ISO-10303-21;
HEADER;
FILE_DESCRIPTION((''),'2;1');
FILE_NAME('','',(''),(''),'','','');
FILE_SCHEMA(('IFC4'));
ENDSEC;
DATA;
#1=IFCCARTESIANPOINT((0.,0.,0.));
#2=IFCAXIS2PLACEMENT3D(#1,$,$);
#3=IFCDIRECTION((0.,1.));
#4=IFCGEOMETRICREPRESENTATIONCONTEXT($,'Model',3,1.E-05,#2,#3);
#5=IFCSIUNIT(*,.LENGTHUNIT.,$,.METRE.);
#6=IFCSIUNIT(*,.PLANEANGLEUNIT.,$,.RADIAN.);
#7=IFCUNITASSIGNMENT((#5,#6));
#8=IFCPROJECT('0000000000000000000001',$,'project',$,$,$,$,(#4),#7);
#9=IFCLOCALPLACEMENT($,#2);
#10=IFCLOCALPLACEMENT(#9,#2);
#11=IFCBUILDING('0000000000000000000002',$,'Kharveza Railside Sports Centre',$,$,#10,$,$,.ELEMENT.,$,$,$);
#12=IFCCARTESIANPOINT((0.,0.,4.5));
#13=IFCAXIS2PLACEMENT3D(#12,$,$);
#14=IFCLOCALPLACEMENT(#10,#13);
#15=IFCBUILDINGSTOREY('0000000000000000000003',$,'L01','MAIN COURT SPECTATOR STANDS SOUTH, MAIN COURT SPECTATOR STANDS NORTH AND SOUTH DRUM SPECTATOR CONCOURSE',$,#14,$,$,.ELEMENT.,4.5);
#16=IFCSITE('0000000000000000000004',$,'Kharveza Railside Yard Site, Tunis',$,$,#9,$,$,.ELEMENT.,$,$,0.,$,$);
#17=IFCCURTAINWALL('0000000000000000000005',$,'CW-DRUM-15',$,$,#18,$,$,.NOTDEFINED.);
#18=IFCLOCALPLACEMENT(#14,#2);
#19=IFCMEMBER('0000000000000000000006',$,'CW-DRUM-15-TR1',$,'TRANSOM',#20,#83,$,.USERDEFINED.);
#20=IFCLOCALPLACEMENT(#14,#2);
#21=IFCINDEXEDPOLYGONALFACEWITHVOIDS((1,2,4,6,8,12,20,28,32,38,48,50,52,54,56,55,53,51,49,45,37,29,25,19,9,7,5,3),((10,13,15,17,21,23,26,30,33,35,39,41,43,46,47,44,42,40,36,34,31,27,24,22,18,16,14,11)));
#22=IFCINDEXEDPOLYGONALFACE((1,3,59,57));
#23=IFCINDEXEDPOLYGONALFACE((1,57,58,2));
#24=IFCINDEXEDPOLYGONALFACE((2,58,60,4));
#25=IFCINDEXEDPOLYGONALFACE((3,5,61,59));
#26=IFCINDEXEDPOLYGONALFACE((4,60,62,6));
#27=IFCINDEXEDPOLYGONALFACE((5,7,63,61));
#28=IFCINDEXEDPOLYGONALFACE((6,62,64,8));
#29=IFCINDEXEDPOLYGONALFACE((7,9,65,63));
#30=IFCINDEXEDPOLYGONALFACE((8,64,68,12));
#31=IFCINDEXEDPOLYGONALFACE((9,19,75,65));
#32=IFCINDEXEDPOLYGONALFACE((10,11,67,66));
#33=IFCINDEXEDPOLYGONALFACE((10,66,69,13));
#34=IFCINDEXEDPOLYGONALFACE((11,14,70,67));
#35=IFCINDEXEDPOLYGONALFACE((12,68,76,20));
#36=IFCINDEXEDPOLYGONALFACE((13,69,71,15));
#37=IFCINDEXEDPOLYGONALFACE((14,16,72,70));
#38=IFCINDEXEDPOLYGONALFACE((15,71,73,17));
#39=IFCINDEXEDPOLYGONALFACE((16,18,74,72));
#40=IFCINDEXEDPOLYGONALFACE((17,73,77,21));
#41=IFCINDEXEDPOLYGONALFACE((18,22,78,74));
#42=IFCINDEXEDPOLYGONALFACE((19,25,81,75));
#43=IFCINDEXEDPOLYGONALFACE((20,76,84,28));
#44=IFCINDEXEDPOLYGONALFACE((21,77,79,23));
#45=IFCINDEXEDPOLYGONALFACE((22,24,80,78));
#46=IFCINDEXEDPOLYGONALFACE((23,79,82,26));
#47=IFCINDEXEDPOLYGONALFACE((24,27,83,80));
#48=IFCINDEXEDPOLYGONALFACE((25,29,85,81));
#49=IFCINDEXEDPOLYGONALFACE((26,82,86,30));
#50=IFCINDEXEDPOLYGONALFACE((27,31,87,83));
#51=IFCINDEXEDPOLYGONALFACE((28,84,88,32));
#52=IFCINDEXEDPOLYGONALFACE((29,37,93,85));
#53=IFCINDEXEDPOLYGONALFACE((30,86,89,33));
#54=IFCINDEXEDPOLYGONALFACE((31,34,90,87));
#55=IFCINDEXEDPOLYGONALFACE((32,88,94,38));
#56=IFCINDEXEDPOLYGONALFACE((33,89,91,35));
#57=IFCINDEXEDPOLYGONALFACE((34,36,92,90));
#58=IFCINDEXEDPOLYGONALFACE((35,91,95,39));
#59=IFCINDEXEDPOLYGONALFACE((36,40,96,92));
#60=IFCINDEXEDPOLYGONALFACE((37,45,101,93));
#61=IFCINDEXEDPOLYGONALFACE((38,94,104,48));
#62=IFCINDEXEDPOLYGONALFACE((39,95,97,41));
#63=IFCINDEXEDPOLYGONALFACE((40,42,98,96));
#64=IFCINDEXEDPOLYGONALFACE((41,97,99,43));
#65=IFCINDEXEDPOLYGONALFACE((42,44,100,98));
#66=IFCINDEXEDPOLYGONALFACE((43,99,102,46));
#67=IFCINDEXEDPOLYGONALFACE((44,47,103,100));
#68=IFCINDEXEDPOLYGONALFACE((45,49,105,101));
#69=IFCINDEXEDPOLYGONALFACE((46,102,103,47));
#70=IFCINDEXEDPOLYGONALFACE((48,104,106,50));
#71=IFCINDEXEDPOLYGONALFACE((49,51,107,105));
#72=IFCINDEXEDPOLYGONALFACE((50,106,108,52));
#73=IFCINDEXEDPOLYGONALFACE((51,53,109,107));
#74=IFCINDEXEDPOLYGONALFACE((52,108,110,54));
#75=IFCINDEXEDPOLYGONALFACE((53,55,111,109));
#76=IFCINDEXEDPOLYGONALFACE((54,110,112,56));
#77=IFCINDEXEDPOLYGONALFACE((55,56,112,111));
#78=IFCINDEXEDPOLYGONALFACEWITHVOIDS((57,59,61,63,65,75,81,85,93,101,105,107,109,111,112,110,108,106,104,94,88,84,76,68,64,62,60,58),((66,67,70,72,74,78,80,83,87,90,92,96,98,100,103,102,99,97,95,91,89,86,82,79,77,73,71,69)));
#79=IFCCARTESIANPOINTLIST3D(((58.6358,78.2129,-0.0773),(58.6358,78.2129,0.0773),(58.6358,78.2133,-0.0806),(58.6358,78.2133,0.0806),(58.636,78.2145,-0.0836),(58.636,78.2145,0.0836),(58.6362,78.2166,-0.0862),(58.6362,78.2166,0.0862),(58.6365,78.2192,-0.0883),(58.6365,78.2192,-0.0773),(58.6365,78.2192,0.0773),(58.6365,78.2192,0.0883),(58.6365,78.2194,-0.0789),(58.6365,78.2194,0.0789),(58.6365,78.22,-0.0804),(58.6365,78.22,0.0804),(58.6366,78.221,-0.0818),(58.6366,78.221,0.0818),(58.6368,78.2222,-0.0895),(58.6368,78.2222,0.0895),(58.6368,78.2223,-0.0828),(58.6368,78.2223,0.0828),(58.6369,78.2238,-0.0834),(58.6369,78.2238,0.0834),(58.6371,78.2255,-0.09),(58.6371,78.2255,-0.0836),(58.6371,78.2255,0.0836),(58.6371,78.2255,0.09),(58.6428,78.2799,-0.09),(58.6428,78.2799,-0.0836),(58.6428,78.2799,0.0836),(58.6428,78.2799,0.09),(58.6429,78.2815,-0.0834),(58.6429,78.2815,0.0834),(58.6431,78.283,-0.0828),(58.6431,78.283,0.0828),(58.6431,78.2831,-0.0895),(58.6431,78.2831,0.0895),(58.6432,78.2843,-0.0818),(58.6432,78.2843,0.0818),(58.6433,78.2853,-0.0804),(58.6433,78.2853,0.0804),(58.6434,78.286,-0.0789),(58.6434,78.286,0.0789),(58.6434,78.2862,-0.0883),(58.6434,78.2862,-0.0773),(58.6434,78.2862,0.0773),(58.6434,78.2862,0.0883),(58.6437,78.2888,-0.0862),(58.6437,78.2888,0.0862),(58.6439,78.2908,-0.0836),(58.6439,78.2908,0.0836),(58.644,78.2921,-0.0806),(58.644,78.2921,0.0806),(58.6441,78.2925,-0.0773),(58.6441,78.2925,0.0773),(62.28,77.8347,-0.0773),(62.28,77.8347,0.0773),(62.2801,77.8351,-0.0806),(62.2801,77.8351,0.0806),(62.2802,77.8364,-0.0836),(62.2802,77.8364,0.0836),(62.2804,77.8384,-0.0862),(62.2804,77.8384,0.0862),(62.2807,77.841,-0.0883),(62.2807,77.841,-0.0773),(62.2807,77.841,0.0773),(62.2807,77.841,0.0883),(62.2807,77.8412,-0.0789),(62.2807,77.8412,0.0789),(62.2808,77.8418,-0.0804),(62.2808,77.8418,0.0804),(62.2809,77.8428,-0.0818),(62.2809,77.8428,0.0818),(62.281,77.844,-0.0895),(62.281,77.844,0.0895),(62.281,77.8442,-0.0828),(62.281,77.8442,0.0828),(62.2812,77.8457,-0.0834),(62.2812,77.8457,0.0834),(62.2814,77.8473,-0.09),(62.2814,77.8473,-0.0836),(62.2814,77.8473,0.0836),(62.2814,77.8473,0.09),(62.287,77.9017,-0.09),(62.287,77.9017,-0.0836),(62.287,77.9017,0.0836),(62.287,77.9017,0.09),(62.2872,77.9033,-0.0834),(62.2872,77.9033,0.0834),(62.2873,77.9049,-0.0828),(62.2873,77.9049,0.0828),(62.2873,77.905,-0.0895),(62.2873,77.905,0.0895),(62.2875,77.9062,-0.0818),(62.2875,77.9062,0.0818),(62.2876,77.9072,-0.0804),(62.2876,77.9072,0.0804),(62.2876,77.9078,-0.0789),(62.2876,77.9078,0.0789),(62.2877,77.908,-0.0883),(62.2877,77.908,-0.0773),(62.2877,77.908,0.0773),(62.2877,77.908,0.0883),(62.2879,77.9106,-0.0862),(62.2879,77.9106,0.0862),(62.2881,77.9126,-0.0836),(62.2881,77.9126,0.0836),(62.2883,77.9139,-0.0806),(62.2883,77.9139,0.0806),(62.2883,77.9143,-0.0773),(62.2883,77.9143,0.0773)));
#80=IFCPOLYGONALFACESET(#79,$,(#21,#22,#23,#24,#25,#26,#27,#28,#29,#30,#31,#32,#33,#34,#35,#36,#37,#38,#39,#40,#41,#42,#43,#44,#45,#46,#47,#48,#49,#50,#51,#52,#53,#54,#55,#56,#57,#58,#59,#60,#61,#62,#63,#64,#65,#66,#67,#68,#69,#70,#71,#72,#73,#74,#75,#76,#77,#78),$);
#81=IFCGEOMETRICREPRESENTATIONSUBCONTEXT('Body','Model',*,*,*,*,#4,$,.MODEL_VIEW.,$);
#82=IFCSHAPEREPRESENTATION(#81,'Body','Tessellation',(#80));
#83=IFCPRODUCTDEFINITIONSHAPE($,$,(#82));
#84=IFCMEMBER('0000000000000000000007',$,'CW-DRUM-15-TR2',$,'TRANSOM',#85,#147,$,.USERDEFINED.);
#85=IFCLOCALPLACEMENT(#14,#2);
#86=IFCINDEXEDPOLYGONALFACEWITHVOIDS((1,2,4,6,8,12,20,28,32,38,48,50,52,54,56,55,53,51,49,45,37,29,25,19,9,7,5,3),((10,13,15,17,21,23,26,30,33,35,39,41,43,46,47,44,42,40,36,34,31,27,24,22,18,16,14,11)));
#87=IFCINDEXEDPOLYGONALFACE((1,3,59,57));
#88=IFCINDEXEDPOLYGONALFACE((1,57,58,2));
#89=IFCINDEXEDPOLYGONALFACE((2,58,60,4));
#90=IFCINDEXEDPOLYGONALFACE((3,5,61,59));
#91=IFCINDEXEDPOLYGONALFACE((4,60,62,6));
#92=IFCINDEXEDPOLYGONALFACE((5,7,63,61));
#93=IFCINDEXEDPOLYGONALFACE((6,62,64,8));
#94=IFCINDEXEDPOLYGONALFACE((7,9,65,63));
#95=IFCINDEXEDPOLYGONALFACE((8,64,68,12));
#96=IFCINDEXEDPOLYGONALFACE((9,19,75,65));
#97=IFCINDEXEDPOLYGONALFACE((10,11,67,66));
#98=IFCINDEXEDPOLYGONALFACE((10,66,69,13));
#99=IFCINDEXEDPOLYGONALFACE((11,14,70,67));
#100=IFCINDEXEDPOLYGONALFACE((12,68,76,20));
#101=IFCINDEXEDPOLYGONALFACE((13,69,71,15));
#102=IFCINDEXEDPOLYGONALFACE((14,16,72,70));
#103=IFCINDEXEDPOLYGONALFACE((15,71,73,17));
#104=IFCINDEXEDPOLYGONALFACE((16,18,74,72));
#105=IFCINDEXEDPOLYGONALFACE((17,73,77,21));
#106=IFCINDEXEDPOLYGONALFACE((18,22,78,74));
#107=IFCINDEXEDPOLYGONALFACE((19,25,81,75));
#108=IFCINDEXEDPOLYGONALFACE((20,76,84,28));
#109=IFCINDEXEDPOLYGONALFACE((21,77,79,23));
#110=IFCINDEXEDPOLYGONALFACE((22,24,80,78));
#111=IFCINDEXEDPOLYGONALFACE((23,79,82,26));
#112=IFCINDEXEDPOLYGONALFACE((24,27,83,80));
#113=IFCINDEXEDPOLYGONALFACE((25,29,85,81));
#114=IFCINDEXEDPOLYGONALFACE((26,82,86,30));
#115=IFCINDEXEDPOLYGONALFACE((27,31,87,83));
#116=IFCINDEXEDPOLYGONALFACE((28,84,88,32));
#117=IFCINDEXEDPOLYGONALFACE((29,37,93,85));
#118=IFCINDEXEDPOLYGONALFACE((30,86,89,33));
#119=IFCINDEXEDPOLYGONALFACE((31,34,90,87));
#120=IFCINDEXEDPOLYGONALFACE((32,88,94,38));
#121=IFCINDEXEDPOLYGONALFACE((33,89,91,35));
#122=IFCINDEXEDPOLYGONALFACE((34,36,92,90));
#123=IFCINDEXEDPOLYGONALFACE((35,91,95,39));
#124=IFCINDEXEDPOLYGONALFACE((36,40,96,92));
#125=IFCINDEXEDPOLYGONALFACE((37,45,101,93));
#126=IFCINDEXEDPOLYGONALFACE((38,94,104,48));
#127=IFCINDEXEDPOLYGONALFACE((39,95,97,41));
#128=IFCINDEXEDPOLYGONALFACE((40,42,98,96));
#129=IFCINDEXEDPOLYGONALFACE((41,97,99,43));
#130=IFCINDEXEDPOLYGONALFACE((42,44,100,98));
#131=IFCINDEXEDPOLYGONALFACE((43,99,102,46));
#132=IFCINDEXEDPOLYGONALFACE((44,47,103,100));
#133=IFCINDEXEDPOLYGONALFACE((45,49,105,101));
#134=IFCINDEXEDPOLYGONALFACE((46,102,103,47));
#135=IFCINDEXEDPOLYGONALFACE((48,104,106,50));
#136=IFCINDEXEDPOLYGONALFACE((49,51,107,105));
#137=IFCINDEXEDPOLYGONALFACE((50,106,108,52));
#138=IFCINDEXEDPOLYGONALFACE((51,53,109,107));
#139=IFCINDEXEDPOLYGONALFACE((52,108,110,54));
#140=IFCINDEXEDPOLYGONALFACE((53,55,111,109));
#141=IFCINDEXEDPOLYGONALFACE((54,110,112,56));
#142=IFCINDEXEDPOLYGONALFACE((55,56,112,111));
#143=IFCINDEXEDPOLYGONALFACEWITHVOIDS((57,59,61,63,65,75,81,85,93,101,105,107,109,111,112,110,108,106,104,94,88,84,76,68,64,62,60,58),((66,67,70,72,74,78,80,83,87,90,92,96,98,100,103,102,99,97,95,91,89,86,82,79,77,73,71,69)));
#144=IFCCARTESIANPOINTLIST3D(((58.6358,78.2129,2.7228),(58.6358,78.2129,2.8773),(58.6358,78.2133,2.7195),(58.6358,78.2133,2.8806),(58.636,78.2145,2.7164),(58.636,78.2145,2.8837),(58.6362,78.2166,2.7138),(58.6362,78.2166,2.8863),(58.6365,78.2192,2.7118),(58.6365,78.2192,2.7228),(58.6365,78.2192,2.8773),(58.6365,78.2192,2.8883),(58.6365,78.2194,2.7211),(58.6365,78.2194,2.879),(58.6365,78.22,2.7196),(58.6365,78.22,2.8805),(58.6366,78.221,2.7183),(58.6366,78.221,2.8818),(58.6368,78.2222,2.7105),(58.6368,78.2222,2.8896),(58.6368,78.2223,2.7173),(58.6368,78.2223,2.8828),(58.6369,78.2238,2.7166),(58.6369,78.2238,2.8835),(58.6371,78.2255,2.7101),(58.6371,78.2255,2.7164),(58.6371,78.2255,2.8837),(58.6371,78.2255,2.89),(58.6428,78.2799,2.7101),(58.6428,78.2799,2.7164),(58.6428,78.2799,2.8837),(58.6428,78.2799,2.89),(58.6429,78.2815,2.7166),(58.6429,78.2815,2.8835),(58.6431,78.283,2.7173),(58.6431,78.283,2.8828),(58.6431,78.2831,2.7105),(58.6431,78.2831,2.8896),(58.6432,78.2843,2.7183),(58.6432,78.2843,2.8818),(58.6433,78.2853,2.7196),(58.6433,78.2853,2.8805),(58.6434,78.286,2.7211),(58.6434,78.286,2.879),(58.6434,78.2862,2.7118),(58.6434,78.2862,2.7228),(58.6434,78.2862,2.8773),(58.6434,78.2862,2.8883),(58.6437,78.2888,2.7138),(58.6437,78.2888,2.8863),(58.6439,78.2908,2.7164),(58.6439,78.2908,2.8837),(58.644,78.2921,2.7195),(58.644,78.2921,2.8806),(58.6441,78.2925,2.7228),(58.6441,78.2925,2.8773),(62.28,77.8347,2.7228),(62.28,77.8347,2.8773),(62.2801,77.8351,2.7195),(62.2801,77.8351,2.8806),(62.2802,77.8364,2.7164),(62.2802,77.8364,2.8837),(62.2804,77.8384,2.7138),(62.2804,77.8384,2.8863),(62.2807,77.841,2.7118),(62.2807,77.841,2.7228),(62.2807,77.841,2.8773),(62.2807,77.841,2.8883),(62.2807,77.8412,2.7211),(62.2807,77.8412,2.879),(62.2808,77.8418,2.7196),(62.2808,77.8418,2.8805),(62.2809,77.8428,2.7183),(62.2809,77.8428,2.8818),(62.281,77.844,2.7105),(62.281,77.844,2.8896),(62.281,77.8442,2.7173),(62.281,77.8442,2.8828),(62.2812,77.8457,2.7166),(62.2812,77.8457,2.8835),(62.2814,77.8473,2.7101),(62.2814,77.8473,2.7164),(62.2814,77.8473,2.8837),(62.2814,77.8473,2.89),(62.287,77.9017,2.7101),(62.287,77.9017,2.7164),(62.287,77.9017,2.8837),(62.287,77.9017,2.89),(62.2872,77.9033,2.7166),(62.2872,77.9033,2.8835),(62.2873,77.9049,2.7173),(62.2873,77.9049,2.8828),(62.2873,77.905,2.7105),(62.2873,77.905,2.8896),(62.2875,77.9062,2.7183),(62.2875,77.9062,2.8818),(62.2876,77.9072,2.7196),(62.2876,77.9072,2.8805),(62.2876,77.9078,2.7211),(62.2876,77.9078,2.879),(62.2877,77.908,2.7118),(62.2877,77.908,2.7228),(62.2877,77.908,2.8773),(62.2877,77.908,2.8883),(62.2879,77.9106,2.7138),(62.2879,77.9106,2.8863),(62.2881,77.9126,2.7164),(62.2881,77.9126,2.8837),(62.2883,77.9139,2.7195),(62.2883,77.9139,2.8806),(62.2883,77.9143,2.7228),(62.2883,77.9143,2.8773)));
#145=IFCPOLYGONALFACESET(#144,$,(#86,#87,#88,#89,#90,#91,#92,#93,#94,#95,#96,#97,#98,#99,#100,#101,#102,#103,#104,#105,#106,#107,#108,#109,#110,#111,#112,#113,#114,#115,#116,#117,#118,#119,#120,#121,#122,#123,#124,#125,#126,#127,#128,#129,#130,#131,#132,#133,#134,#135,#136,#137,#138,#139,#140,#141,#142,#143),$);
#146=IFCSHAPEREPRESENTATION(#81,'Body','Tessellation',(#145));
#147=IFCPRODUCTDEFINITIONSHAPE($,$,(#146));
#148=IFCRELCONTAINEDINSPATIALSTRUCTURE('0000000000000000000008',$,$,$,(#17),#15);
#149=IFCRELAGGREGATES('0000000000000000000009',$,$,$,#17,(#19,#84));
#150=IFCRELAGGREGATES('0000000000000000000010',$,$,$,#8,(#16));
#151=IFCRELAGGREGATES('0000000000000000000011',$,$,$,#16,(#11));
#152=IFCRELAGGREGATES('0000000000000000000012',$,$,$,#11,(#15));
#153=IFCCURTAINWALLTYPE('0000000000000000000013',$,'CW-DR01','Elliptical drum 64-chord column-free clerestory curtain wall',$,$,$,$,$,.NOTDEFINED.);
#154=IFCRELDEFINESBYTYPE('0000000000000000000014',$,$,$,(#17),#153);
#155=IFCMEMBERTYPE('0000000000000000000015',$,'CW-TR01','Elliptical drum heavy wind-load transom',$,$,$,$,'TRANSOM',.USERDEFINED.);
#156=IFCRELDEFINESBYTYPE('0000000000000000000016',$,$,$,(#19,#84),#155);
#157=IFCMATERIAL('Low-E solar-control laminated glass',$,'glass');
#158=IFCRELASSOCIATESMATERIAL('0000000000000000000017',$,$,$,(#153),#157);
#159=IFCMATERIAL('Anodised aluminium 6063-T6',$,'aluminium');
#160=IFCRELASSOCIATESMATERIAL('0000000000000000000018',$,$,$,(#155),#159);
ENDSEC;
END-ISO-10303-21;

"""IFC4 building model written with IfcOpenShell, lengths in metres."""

from ifc_helpers import new_model, si_unit, direction, frame, origin, origin_2d, place, context, subcontext, project, spatial, hollow_rectangle, extrude, material, material_profile, profile_set, type_object, element, aggregate, save


model = new_model("IFC4")

# Units and contexts
model_context = context("Model", 3, precision=1e-05, world=origin(), true_north=direction((0.0, 1.0)))
body_context = subcontext(model_context, "Body", "Model", "MODEL_VIEW")
ifc_project = project(units=[si_unit("LENGTHUNIT", "METRE"), si_unit("PLANEANGLEUNIT", "RADIAN")], contexts=[model_context])

# Site, building, storey
site_placement = place(None, origin())
site = spatial("IfcSite", under=ifc_project, at=site_placement, Name="Kharveza Railside Yard Site, Tunis", CompositionType="ELEMENT", RefElevation=0.0)
building_placement = place(site_placement, origin())
building = spatial("IfcBuilding", under=site, at=building_placement, Name="Kharveza Railside Sports Centre", CompositionType="ELEMENT")
storey_placement = place(building_placement, frame((0.0, 0.0, 4.5)))
storey = spatial("IfcBuildingStorey", under=building, at=storey_placement, Name="L01", Description="MAIN COURT SPECTATOR STANDS SOUTH, MAIN COURT SPECTATOR STANDS NORTH AND SOUTH DRUM SPECTATOR CONCOURSE", CompositionType="ELEMENT", Elevation=4.5)

# Shared definitions
ifc_material_1 = material(Name="Low-E solar-control laminated glass", Category="glass")
curtain_wall_type = type_object("IfcCurtainWallType", Name="CW-DR01", Description="Elliptical drum 64-chord column-free clerestory curtain wall", PredefinedType="NOTDEFINED", material=ifc_material_1)
ifc_material_2 = material(Name="Anodised aluminium 6063-T6", Category="aluminium")

# Curtain wall
curtain_wall_1_placement = place(storey_placement, origin())
curtain_wall_1 = element("IfcCurtainWall", 1, at=curtain_wall_1_placement, inside=storey, type_object=curtain_wall_type, Name="CW-DRUM-15", PredefinedType="NOTDEFINED")

# Members
ifc_material_profile_1 = material_profile(ifc_material_2, hollow_rectangle(XDim=0.0801, YDim=0.1799, WallThickness=0.0063, InnerFilletRadius=0.0063, OuterFilletRadius=0.0127, at=origin_2d()), Name="RHS 80x180x6.3")
ifc_profile_set_1 = profile_set([ifc_material_profile_1], Name="Anodised aluminium 6063-T6")
member_type_1 = type_object("IfcMemberType", Name="CW-TR01", Description="Elliptical drum heavy wind-load transom", ElementType="TRANSOM", PredefinedType="USERDEFINED", material=ifc_profile_set_1)
member_1_placement = place(storey_placement, frame((62.2842, 77.8745, 0.0), z_axis=(-0.994659, 0.103217, 0.0), x_axis=(-0.103217, -0.994659, 0.0)))
member_1 = element("IfcMember", 2, at=member_1_placement, type_object=member_type_1, Name="CW-DRUM-15-TR1", ObjectType="TRANSOM", PredefinedType="USERDEFINED", context=body_context, shape_type="SweptSolid", body=[
    extrude(hollow_rectangle(XDim=0.0801, YDim=0.1799, WallThickness=0.0063, InnerFilletRadius=0.0063, OuterFilletRadius=0.0127, at=origin_2d()), origin(), (0.0, 0.0, 1.0), 3.6638),
])
member_2_placement = place(storey_placement, frame((62.2842, 77.8745, 2.8), z_axis=(-0.994659, 0.103217, 0.0), x_axis=(-0.103217, -0.994659, 0.0)))
member_2 = element("IfcMember", 3, at=member_2_placement, type_object=member_type_1, Name="CW-DRUM-15-TR2", ObjectType="TRANSOM", PredefinedType="USERDEFINED", context=body_context, shape_type="SweptSolid", body=[
    extrude(hollow_rectangle(XDim=0.0801, YDim=0.1799, WallThickness=0.0063, InnerFilletRadius=0.0063, OuterFilletRadius=0.0127, at=origin_2d()), origin(), (0.0, 0.0, 1.0), 3.6638),
])

aggregate(curtain_wall_1, [member_1, member_2])

save(model, "model.ifc")
